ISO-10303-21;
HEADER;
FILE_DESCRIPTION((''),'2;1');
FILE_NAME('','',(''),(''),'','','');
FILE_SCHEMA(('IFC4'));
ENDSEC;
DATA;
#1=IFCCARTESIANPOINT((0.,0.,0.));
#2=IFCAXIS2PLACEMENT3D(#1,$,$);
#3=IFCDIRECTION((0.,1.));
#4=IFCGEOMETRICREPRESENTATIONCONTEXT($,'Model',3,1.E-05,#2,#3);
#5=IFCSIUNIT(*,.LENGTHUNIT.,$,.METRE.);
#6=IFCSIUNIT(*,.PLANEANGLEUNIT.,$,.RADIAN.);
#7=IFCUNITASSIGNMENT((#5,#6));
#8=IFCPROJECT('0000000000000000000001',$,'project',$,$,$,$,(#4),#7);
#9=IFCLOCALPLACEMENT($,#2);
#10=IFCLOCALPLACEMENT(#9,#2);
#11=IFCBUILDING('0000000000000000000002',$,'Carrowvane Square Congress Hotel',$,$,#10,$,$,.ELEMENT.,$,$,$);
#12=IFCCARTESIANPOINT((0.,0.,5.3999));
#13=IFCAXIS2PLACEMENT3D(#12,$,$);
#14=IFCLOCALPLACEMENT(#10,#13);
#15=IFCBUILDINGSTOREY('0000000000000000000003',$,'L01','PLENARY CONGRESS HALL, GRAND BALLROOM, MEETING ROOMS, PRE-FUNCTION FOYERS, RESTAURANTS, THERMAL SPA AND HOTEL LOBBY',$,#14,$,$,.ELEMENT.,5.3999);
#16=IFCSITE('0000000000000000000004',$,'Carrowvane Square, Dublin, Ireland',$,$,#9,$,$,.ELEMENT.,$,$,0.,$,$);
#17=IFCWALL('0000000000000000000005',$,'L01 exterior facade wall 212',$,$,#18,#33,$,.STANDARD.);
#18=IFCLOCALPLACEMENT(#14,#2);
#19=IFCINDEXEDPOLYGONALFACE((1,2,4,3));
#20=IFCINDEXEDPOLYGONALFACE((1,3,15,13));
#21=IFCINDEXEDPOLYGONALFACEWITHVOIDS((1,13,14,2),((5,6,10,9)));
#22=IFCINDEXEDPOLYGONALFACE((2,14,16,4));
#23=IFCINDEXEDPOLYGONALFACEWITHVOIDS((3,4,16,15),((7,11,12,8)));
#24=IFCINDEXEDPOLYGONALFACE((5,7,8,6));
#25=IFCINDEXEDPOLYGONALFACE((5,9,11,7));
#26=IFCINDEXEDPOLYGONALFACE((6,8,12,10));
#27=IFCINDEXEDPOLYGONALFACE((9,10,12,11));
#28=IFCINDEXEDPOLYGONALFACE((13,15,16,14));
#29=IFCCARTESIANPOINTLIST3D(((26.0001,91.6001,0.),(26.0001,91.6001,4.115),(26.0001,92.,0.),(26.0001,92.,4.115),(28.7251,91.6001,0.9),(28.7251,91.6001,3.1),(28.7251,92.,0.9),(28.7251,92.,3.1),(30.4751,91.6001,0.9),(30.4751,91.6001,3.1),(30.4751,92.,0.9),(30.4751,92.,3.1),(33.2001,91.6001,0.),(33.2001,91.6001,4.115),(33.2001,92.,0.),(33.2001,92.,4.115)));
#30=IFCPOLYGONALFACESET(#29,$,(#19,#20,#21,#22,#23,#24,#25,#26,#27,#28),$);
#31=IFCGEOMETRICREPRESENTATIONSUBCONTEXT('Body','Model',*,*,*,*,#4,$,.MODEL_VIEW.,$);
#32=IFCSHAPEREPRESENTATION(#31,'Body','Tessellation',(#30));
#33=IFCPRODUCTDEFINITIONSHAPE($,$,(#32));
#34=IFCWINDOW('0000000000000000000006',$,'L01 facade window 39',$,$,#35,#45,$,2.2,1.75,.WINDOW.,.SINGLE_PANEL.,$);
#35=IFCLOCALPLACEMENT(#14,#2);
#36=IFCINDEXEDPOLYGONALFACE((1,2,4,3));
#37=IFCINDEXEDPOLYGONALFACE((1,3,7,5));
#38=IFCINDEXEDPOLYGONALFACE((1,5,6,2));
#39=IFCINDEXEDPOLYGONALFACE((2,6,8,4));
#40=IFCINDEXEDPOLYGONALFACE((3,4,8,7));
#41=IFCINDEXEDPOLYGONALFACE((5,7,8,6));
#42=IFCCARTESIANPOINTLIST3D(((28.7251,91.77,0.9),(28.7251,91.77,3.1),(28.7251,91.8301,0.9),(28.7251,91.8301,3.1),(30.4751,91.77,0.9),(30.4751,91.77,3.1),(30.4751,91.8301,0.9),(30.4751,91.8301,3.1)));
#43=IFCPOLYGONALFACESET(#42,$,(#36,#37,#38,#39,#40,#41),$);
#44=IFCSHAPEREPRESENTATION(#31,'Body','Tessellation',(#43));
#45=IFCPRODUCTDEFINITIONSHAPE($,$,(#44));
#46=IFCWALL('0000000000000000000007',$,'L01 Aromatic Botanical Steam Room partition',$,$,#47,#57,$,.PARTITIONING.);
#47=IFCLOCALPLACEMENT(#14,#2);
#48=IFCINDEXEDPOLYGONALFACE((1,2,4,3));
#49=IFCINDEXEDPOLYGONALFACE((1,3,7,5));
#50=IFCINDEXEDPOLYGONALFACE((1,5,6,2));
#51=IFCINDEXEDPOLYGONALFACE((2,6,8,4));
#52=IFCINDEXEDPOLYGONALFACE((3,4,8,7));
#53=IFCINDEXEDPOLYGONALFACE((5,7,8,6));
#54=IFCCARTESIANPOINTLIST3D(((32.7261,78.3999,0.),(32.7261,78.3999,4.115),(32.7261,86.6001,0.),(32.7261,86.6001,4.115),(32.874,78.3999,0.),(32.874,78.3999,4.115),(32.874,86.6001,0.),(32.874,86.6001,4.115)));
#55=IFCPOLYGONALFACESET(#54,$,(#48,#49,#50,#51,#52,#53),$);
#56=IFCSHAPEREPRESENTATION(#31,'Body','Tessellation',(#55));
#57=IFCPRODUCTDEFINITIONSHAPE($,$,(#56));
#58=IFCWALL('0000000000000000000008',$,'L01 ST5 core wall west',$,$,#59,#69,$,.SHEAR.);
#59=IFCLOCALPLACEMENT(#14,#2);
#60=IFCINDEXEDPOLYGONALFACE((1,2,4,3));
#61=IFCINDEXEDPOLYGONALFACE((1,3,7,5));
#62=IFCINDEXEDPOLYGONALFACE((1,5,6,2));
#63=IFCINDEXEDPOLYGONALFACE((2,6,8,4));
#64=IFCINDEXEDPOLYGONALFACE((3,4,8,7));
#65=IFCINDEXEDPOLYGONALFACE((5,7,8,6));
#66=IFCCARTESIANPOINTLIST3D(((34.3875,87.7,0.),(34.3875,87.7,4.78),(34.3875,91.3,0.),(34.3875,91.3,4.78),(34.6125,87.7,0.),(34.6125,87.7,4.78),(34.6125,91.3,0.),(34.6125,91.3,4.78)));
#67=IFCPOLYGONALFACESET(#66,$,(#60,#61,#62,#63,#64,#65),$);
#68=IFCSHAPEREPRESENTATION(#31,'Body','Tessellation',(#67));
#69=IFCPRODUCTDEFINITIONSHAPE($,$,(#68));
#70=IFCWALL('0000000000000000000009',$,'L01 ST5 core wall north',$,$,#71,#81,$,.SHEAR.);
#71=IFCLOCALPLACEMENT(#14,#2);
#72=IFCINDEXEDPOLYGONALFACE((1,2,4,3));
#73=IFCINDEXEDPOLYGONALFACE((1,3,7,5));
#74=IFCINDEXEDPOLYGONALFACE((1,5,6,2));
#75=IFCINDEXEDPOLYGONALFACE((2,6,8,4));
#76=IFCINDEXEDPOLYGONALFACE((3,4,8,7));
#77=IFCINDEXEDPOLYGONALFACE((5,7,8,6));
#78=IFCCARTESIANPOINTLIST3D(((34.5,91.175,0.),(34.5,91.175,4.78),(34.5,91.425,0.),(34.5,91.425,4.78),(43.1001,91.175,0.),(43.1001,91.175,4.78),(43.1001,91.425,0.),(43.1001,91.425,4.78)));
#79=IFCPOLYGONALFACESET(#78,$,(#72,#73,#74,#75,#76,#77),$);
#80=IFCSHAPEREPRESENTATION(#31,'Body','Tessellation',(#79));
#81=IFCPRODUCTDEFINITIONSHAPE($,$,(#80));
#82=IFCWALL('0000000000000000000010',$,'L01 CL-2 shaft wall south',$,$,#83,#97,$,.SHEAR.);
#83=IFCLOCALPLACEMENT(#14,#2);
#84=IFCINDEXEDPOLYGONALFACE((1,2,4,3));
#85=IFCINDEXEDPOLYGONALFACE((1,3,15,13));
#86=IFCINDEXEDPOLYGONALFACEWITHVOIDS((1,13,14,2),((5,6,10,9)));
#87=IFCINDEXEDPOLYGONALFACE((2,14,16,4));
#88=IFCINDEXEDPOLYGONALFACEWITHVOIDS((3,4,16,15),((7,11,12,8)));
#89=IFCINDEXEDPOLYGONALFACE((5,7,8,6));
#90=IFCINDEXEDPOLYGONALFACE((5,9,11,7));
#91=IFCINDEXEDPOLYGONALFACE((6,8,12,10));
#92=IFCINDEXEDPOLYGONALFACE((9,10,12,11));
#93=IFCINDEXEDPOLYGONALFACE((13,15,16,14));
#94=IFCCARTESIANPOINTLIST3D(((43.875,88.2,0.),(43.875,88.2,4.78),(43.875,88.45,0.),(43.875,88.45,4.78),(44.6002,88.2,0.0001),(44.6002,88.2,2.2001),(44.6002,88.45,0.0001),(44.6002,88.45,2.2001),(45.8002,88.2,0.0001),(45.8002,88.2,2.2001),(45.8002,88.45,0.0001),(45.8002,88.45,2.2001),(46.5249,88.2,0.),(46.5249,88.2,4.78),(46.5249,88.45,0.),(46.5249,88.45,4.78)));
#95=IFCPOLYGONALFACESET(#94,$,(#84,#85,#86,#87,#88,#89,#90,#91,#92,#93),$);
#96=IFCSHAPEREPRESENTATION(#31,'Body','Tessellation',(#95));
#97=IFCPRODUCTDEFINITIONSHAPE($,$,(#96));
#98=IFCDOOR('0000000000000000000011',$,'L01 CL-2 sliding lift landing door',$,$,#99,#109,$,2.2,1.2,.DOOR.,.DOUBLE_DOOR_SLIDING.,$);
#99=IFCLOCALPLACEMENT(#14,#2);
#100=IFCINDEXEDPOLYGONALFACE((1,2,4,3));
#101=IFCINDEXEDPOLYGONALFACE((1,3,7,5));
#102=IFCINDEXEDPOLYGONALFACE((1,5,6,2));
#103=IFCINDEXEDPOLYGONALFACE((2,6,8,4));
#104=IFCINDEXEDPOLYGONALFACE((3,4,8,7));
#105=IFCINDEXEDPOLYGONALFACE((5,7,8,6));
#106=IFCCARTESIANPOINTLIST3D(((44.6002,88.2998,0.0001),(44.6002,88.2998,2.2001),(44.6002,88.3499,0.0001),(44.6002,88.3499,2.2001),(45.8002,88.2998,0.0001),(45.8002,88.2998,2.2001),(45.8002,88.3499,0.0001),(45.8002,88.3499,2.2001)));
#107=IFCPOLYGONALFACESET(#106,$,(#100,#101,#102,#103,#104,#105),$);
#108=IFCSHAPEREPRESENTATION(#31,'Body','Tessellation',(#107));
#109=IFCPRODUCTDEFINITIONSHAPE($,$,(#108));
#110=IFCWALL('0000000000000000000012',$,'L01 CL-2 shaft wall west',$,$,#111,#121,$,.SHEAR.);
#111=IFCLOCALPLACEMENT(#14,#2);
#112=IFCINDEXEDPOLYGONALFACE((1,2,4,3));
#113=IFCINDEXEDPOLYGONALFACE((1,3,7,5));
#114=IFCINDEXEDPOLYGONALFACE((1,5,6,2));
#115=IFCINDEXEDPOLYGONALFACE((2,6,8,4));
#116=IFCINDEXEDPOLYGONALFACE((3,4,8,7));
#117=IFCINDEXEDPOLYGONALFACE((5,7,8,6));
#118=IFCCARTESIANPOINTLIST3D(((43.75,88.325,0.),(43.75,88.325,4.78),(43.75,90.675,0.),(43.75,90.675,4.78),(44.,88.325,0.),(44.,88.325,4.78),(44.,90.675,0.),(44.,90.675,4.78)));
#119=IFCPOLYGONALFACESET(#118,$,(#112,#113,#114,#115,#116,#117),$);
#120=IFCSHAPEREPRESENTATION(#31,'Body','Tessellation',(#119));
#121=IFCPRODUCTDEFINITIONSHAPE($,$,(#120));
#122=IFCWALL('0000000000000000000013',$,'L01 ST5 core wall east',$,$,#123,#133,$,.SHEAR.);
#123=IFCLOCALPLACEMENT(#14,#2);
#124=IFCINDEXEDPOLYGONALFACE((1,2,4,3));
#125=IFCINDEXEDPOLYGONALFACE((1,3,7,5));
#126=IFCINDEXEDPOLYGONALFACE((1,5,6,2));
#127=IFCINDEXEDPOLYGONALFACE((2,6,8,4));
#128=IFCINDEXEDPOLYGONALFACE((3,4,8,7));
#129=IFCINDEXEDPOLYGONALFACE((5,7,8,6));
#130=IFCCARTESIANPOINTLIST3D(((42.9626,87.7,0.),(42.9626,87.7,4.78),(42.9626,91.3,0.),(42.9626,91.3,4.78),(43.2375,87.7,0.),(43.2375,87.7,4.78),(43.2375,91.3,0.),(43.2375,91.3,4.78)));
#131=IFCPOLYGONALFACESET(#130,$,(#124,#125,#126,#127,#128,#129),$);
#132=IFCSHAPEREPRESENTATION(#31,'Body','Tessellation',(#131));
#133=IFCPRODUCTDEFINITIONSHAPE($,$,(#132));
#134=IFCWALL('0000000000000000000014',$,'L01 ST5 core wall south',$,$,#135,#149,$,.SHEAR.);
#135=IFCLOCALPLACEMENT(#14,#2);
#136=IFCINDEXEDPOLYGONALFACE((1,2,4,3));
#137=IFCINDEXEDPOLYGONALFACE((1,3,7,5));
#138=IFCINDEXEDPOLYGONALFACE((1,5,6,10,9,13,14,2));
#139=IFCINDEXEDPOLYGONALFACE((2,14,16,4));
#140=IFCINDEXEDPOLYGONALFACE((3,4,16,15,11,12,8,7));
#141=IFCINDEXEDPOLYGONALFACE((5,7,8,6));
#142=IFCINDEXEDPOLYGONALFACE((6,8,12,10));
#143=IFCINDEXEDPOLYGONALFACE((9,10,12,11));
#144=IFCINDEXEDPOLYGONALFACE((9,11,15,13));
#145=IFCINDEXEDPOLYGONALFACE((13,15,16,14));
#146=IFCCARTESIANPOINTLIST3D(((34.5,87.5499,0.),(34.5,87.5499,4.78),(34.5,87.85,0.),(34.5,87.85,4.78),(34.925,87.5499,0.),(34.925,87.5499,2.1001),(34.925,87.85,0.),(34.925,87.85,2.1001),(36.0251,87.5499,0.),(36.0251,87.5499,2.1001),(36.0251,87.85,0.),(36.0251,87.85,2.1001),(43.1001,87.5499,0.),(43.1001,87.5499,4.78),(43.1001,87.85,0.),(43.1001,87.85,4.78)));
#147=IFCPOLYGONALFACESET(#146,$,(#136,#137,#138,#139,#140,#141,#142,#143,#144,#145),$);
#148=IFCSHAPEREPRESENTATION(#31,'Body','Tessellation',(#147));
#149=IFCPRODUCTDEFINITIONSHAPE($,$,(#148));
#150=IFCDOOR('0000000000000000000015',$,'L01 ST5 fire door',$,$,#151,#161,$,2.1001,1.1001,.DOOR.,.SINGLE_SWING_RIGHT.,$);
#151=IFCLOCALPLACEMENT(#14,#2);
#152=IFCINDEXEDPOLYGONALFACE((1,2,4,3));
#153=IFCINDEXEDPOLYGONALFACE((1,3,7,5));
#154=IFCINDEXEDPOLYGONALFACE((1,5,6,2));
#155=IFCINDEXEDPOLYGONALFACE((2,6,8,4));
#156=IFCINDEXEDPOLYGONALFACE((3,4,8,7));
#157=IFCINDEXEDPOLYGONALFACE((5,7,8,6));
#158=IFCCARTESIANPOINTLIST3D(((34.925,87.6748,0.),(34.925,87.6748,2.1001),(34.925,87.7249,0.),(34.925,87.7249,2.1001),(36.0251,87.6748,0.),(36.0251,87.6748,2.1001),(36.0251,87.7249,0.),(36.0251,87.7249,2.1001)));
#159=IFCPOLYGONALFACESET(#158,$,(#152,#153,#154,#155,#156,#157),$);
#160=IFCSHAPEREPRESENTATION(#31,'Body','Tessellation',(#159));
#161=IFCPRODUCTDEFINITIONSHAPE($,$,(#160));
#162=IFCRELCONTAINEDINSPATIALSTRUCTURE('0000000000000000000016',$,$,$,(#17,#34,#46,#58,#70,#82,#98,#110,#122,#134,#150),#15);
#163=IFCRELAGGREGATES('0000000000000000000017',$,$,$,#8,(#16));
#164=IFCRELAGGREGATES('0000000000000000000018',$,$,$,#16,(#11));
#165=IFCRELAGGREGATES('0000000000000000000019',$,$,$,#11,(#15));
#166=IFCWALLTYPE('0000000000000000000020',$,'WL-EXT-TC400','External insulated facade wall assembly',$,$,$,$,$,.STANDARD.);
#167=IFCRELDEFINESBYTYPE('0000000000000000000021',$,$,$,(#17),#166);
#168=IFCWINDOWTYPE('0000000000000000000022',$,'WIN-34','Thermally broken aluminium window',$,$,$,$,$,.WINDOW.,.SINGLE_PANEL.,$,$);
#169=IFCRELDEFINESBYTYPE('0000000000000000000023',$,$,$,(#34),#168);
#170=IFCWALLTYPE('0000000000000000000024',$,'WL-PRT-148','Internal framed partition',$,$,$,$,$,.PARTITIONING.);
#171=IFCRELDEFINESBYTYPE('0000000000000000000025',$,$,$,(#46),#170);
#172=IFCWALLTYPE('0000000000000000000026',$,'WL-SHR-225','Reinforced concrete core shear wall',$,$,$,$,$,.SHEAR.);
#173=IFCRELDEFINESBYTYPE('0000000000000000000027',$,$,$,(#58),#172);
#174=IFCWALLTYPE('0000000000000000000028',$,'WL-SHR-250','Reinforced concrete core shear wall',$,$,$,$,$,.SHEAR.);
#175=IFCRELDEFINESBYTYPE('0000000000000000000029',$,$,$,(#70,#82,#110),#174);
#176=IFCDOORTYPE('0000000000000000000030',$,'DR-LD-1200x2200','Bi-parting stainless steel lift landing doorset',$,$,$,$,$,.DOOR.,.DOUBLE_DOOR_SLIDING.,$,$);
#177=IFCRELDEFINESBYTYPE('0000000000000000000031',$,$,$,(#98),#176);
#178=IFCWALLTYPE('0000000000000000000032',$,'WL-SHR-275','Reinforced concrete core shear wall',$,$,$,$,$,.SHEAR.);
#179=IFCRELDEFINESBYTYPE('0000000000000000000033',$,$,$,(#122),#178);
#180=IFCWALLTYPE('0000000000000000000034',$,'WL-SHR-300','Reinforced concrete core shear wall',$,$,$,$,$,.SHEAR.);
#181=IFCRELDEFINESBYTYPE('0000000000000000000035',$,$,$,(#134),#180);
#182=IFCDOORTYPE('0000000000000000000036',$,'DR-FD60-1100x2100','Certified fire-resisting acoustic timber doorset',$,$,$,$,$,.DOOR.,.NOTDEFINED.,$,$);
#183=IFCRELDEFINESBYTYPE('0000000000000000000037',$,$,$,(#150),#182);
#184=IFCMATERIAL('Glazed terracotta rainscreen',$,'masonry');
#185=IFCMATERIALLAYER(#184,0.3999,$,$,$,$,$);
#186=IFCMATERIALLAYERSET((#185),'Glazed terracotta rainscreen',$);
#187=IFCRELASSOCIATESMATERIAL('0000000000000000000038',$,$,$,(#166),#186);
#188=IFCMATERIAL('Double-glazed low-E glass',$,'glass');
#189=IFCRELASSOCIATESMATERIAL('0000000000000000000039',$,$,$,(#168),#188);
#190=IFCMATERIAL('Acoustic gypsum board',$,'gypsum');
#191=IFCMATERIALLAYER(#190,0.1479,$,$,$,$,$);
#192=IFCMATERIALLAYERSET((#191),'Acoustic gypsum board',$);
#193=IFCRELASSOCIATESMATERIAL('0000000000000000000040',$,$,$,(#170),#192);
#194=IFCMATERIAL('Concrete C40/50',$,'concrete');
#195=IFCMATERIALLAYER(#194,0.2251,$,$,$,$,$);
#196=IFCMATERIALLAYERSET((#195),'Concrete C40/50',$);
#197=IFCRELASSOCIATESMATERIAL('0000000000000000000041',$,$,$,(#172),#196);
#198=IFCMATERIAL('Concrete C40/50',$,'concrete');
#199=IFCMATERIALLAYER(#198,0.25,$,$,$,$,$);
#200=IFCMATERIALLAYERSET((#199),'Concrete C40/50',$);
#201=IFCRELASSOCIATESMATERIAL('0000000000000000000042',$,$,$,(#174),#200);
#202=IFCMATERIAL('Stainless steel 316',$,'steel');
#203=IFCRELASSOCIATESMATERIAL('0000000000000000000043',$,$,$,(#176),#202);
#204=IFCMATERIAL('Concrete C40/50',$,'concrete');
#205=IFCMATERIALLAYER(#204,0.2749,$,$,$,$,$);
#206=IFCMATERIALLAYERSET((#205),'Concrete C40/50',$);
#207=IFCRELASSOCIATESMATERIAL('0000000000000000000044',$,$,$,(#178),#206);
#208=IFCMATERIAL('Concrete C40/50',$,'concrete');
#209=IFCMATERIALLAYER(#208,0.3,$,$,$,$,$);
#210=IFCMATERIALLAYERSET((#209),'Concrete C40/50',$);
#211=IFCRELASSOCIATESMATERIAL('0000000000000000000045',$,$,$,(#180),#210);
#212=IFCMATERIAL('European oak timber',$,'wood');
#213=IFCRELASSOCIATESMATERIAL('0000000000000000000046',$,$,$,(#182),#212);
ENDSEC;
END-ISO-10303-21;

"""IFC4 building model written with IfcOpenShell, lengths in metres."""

from ifc_helpers import new_model, si_unit, direction, frame, frame_2d, origin, place, context, subcontext, project, spatial, rectangle, extrude, material, layer, layer_set, type_object, element, fill, save


model = new_model("IFC4")

# Units and contexts
model_context = context("Model", 3, precision=1e-05, world=origin(), true_north=direction((0.0, 1.0)))
body_context = subcontext(model_context, "Body", "Model", "MODEL_VIEW")
ifc_project = project(units=[si_unit("LENGTHUNIT", "METRE"), si_unit("PLANEANGLEUNIT", "RADIAN")], contexts=[model_context])

# Site, building, storey
site_placement = place(None, origin())
site = spatial("IfcSite", under=ifc_project, at=site_placement, Name="Carrowvane Square, Dublin, Ireland", CompositionType="ELEMENT", RefElevation=0.0)
building_placement = place(site_placement, origin())
building = spatial("IfcBuilding", under=site, at=building_placement, Name="Carrowvane Square Congress Hotel", CompositionType="ELEMENT")
storey_placement = place(building_placement, frame((0.0, 0.0, 5.3999)))
storey = spatial("IfcBuildingStorey", under=building, at=storey_placement, Name="L01", Description="PLENARY CONGRESS HALL, GRAND BALLROOM, MEETING ROOMS, PRE-FUNCTION FOYERS, RESTAURANTS, THERMAL SPA AND HOTEL LOBBY", CompositionType="ELEMENT", Elevation=5.3999)

# Wall, opening, window
ifc_material_1 = material(Name="Glazed terracotta rainscreen", Category="masonry")
ifc_layer_1 = layer(ifc_material_1, 0.3999)
ifc_layer_set_1 = layer_set([ifc_layer_1], Name="Glazed terracotta rainscreen")
wall_type_1 = type_object("IfcWallType", Name="WL-EXT-TC400", Description="External insulated facade wall assembly", PredefinedType="STANDARD", material=ifc_layer_set_1)
wall_1_placement = place(storey_placement, frame((26.0, 91.8, 0.0), z_axis=(0.0, 0.0, 1.0), x_axis=(1.0, 0.0, 0.0)))
wall_1 = element("IfcWall", 1, at=wall_1_placement, inside=storey, type_object=wall_type_1, Name="L01 exterior facade wall 212", PredefinedType="STANDARD", context=body_context, shape_type="SweptSolid", body=[
    extrude(rectangle(XDim=7.2, YDim=0.3999, at=frame_2d((3.6001, 0.0))), origin(), (0.0, 0.0, 1.0), 4.115),
])
opening_1_placement = place(wall_1_placement, frame((2.7251, 0.0, 0.8999)))
opening_1 = element("IfcOpeningElement", 2, at=opening_1_placement, cuts=wall_1, PredefinedType="OPENING", context=body_context, shape_type="SweptSolid", body=[
    extrude(rectangle(XDim=1.75, YDim=2.2, at=frame_2d((0.875, 1.1001))), frame((0.0, 0.21, 0.0), z_axis=(0.0, -1.0, 0.0), x_axis=(1.0, 0.0, 0.0)), (0.0, 0.0, 1.0), 0.4199),
])
ifc_material_2 = material(Name="Double-glazed low-E glass", Category="glass")
window_type = type_object("IfcWindowType", Name="WIN-34", Description="Thermally broken aluminium window", PartitioningType="SINGLE_PANEL", PredefinedType="WINDOW", material=ifc_material_2)
window_placement = place(opening_1_placement, origin())
window = element("IfcWindow", 3, at=window_placement, inside=storey, type_object=window_type, Name="L01 facade window 39", OverallHeight=2.2, OverallWidth=1.75, PartitioningType="SINGLE_PANEL", PredefinedType="WINDOW", context=body_context, shape_type="SweptSolid", body=[
    extrude(rectangle(XDim=1.75, YDim=2.2, at=frame_2d((0.875, 1.1001))), frame((0.0, 0.03, 0.0), z_axis=(0.0, -1.0, 0.0), x_axis=(1.0, 0.0, 0.0)), (0.0, 0.0, 1.0), 0.0601),
])
fill(opening_1, window)

# Walls
ifc_material_3 = material(Name="Acoustic gypsum board", Category="gypsum")
ifc_layer_2 = layer(ifc_material_3, 0.1479)
ifc_layer_set_2 = layer_set([ifc_layer_2], Name="Acoustic gypsum board")
wall_type_2 = type_object("IfcWallType", Name="WL-PRT-148", Description="Internal framed partition", PredefinedType="PARTITIONING", material=ifc_layer_set_2)
wall_2_placement = place(storey_placement, frame((32.8, 86.6001, 0.0), z_axis=(0.0, 0.0, 1.0), x_axis=(0.0, -1.0, 0.0)))
element("IfcWall", 4, at=wall_2_placement, inside=storey, type_object=wall_type_2, Name="L01 Aromatic Botanical Steam Room partition", PredefinedType="PARTITIONING", context=body_context, shape_type="SweptSolid", body=[
    extrude(rectangle(XDim=8.2002, YDim=0.1479, at=frame_2d((4.1001, 0.0))), origin(), (0.0, 0.0, 1.0), 4.115),
])
ifc_material_4 = material(Name="Concrete C40/50", Category="concrete")
ifc_layer_3 = layer(ifc_material_4, 0.2251)
ifc_layer_set_3 = layer_set([ifc_layer_3], Name="Concrete C40/50")
wall_type_3 = type_object("IfcWallType", Name="WL-SHR-225", Description="Reinforced concrete core shear wall", PredefinedType="SHEAR", material=ifc_layer_set_3)
wall_3_placement = place(storey_placement, frame((34.5, 91.3, 0.0), z_axis=(0.0, 0.0, 1.0), x_axis=(0.0, -1.0, 0.0)))
element("IfcWall", 5, at=wall_3_placement, inside=storey, type_object=wall_type_3, Name="L01 ST5 core wall west", PredefinedType="SHEAR", context=body_context, shape_type="SweptSolid", body=[
    extrude(rectangle(XDim=3.6001, YDim=0.2251, at=frame_2d((1.8, 0.0))), origin(), (0.0, 0.0, 1.0), 4.78),
])
ifc_material_5 = material(Name="Concrete C40/50", Category="concrete")
ifc_layer_4 = layer(ifc_material_5, 0.25)
ifc_layer_set_4 = layer_set([ifc_layer_4], Name="Concrete C40/50")
wall_type_4 = type_object("IfcWallType", Name="WL-SHR-250", Description="Reinforced concrete core shear wall", PredefinedType="SHEAR", material=ifc_layer_set_4)
wall_4_placement = place(storey_placement, frame((43.1001, 91.3, 0.0), z_axis=(0.0, 0.0, 1.0), x_axis=(-1.0, 0.0, 0.0)))
element("IfcWall", 6, at=wall_4_placement, inside=storey, type_object=wall_type_4, Name="L01 ST5 core wall north", PredefinedType="SHEAR", context=body_context, shape_type="SweptSolid", body=[
    extrude(rectangle(XDim=8.6001, YDim=0.25, at=frame_2d((4.3, 0.0))), origin(), (0.0, 0.0, 1.0), 4.78),
])

# Wall, opening, door
wall_5_placement = place(storey_placement, frame((43.875, 88.325, 0.0), z_axis=(0.0, 0.0, 1.0), x_axis=(1.0, 0.0, 0.0)))
wall_5 = element("IfcWall", 7, at=wall_5_placement, inside=storey, type_object=wall_type_4, Name="L01 CL-2 shaft wall south", PredefinedType="SHEAR", context=body_context, shape_type="SweptSolid", body=[
    extrude(rectangle(XDim=2.6499, YDim=0.25, at=frame_2d((1.325, 0.0))), origin(), (0.0, 0.0, 1.0), 4.78),
])
opening_2_placement = place(wall_5_placement, frame((0.7251, 0.0, 0.0)))
opening_2 = element("IfcOpeningElement", 8, at=opening_2_placement, cuts=wall_5, PredefinedType="OPENING", context=body_context, shape_type="SweptSolid", body=[
    extrude(rectangle(XDim=1.2, YDim=2.2, at=frame_2d((0.6001, 1.1001))), frame((0.0, 0.135, 0.0), z_axis=(0.0, -1.0, 0.0), x_axis=(1.0, 0.0, 0.0)), (0.0, 0.0, 1.0), 0.27),
])
ifc_material_6 = material(Name="Stainless steel 316", Category="steel")
door_type_1 = type_object("IfcDoorType", Name="DR-LD-1200x2200", Description="Bi-parting stainless steel lift landing doorset", OperationType="DOUBLE_DOOR_SLIDING", PredefinedType="DOOR", material=ifc_material_6)
door_1_placement = place(opening_2_placement, origin())
door_1 = element("IfcDoor", 9, at=door_1_placement, inside=storey, type_object=door_type_1, Name="L01 CL-2 sliding lift landing door", OperationType="DOUBLE_DOOR_SLIDING", OverallHeight=2.2, OverallWidth=1.2, PredefinedType="DOOR", context=body_context, shape_type="SweptSolid", body=[
    extrude(rectangle(XDim=1.2, YDim=2.2, at=frame_2d((0.6001, 1.1001))), frame((0.0, 0.0249, 0.0), z_axis=(0.0, -1.0, 0.0), x_axis=(1.0, 0.0, 0.0)), (0.0, 0.0, 1.0), 0.05),
])
fill(opening_2, door_1)

# Walls
wall_6_placement = place(storey_placement, frame((43.875, 90.675, 0.0), z_axis=(0.0, 0.0, 1.0), x_axis=(0.0, -1.0, 0.0)))
element("IfcWall", 10, at=wall_6_placement, inside=storey, type_object=wall_type_4, Name="L01 CL-2 shaft wall west", PredefinedType="SHEAR", context=body_context, shape_type="SweptSolid", body=[
    extrude(rectangle(XDim=2.3501, YDim=0.25, at=frame_2d((1.175, 0.0))), origin(), (0.0, 0.0, 1.0), 4.78),
])
ifc_material_7 = material(Name="Concrete C40/50", Category="concrete")
ifc_layer_5 = layer(ifc_material_7, 0.2749)
ifc_layer_set_5 = layer_set([ifc_layer_5], Name="Concrete C40/50")
wall_type_5 = type_object("IfcWallType", Name="WL-SHR-275", Description="Reinforced concrete core shear wall", PredefinedType="SHEAR", material=ifc_layer_set_5)
wall_7_placement = place(storey_placement, frame((43.1001, 87.7, 0.0), z_axis=(0.0, 0.0, 1.0), x_axis=(0.0, 1.0, 0.0)))
element("IfcWall", 11, at=wall_7_placement, inside=storey, type_object=wall_type_5, Name="L01 ST5 core wall east", PredefinedType="SHEAR", context=body_context, shape_type="SweptSolid", body=[
    extrude(rectangle(XDim=3.6001, YDim=0.2749, at=frame_2d((1.8, 0.0))), origin(), (0.0, 0.0, 1.0), 4.78),
])

# Wall, opening, door
ifc_material_8 = material(Name="Concrete C40/50", Category="concrete")
ifc_layer_6 = layer(ifc_material_8, 0.3)
ifc_layer_set_6 = layer_set([ifc_layer_6], Name="Concrete C40/50")
wall_type_6 = type_object("IfcWallType", Name="WL-SHR-300", Description="Reinforced concrete core shear wall", PredefinedType="SHEAR", material=ifc_layer_set_6)
wall_8_placement = place(storey_placement, frame((34.5, 87.7, 0.0), z_axis=(0.0, 0.0, 1.0), x_axis=(1.0, 0.0, 0.0)))
wall_8 = element("IfcWall", 12, at=wall_8_placement, inside=storey, type_object=wall_type_6, Name="L01 ST5 core wall south", PredefinedType="SHEAR", context=body_context, shape_type="SweptSolid", body=[
    extrude(rectangle(XDim=8.6001, YDim=0.3, at=frame_2d((4.3, 0.0))), origin(), (0.0, 0.0, 1.0), 4.78),
])
opening_3_placement = place(wall_8_placement, frame((0.425, 0.0, 0.0)))
opening_3 = element("IfcOpeningElement", 13, at=opening_3_placement, cuts=wall_8, PredefinedType="OPENING", context=body_context, shape_type="SweptSolid", body=[
    extrude(rectangle(XDim=1.1001, YDim=2.1001, at=frame_2d((0.55, 1.05))), frame((0.0, 0.1599, 0.0), z_axis=(0.0, -1.0, 0.0), x_axis=(1.0, 0.0, 0.0)), (0.0, 0.0, 1.0), 0.3201),
])
ifc_material_9 = material(Name="European oak timber", Category="wood")
door_type_2 = type_object("IfcDoorType", Name="DR-FD60-1100x2100", Description="Certified fire-resisting acoustic timber doorset", OperationType="NOTDEFINED", PredefinedType="DOOR", material=ifc_material_9)
door_2_placement = place(opening_3_placement, origin())
door_2 = element("IfcDoor", 14, at=door_2_placement, inside=storey, type_object=door_type_2, Name="L01 ST5 fire door", OperationType="SINGLE_SWING_RIGHT", OverallHeight=2.1001, OverallWidth=1.1001, PredefinedType="DOOR", context=body_context, shape_type="SweptSolid", body=[
    extrude(rectangle(XDim=1.1001, YDim=2.1001, at=frame_2d((0.55, 1.05))), frame((0.0, 0.0249, 0.0), z_axis=(0.0, -1.0, 0.0), x_axis=(1.0, 0.0, 0.0)), (0.0, 0.0, 1.0), 0.05),
])
fill(opening_3, door_2)

save(model, "model.ifc")
